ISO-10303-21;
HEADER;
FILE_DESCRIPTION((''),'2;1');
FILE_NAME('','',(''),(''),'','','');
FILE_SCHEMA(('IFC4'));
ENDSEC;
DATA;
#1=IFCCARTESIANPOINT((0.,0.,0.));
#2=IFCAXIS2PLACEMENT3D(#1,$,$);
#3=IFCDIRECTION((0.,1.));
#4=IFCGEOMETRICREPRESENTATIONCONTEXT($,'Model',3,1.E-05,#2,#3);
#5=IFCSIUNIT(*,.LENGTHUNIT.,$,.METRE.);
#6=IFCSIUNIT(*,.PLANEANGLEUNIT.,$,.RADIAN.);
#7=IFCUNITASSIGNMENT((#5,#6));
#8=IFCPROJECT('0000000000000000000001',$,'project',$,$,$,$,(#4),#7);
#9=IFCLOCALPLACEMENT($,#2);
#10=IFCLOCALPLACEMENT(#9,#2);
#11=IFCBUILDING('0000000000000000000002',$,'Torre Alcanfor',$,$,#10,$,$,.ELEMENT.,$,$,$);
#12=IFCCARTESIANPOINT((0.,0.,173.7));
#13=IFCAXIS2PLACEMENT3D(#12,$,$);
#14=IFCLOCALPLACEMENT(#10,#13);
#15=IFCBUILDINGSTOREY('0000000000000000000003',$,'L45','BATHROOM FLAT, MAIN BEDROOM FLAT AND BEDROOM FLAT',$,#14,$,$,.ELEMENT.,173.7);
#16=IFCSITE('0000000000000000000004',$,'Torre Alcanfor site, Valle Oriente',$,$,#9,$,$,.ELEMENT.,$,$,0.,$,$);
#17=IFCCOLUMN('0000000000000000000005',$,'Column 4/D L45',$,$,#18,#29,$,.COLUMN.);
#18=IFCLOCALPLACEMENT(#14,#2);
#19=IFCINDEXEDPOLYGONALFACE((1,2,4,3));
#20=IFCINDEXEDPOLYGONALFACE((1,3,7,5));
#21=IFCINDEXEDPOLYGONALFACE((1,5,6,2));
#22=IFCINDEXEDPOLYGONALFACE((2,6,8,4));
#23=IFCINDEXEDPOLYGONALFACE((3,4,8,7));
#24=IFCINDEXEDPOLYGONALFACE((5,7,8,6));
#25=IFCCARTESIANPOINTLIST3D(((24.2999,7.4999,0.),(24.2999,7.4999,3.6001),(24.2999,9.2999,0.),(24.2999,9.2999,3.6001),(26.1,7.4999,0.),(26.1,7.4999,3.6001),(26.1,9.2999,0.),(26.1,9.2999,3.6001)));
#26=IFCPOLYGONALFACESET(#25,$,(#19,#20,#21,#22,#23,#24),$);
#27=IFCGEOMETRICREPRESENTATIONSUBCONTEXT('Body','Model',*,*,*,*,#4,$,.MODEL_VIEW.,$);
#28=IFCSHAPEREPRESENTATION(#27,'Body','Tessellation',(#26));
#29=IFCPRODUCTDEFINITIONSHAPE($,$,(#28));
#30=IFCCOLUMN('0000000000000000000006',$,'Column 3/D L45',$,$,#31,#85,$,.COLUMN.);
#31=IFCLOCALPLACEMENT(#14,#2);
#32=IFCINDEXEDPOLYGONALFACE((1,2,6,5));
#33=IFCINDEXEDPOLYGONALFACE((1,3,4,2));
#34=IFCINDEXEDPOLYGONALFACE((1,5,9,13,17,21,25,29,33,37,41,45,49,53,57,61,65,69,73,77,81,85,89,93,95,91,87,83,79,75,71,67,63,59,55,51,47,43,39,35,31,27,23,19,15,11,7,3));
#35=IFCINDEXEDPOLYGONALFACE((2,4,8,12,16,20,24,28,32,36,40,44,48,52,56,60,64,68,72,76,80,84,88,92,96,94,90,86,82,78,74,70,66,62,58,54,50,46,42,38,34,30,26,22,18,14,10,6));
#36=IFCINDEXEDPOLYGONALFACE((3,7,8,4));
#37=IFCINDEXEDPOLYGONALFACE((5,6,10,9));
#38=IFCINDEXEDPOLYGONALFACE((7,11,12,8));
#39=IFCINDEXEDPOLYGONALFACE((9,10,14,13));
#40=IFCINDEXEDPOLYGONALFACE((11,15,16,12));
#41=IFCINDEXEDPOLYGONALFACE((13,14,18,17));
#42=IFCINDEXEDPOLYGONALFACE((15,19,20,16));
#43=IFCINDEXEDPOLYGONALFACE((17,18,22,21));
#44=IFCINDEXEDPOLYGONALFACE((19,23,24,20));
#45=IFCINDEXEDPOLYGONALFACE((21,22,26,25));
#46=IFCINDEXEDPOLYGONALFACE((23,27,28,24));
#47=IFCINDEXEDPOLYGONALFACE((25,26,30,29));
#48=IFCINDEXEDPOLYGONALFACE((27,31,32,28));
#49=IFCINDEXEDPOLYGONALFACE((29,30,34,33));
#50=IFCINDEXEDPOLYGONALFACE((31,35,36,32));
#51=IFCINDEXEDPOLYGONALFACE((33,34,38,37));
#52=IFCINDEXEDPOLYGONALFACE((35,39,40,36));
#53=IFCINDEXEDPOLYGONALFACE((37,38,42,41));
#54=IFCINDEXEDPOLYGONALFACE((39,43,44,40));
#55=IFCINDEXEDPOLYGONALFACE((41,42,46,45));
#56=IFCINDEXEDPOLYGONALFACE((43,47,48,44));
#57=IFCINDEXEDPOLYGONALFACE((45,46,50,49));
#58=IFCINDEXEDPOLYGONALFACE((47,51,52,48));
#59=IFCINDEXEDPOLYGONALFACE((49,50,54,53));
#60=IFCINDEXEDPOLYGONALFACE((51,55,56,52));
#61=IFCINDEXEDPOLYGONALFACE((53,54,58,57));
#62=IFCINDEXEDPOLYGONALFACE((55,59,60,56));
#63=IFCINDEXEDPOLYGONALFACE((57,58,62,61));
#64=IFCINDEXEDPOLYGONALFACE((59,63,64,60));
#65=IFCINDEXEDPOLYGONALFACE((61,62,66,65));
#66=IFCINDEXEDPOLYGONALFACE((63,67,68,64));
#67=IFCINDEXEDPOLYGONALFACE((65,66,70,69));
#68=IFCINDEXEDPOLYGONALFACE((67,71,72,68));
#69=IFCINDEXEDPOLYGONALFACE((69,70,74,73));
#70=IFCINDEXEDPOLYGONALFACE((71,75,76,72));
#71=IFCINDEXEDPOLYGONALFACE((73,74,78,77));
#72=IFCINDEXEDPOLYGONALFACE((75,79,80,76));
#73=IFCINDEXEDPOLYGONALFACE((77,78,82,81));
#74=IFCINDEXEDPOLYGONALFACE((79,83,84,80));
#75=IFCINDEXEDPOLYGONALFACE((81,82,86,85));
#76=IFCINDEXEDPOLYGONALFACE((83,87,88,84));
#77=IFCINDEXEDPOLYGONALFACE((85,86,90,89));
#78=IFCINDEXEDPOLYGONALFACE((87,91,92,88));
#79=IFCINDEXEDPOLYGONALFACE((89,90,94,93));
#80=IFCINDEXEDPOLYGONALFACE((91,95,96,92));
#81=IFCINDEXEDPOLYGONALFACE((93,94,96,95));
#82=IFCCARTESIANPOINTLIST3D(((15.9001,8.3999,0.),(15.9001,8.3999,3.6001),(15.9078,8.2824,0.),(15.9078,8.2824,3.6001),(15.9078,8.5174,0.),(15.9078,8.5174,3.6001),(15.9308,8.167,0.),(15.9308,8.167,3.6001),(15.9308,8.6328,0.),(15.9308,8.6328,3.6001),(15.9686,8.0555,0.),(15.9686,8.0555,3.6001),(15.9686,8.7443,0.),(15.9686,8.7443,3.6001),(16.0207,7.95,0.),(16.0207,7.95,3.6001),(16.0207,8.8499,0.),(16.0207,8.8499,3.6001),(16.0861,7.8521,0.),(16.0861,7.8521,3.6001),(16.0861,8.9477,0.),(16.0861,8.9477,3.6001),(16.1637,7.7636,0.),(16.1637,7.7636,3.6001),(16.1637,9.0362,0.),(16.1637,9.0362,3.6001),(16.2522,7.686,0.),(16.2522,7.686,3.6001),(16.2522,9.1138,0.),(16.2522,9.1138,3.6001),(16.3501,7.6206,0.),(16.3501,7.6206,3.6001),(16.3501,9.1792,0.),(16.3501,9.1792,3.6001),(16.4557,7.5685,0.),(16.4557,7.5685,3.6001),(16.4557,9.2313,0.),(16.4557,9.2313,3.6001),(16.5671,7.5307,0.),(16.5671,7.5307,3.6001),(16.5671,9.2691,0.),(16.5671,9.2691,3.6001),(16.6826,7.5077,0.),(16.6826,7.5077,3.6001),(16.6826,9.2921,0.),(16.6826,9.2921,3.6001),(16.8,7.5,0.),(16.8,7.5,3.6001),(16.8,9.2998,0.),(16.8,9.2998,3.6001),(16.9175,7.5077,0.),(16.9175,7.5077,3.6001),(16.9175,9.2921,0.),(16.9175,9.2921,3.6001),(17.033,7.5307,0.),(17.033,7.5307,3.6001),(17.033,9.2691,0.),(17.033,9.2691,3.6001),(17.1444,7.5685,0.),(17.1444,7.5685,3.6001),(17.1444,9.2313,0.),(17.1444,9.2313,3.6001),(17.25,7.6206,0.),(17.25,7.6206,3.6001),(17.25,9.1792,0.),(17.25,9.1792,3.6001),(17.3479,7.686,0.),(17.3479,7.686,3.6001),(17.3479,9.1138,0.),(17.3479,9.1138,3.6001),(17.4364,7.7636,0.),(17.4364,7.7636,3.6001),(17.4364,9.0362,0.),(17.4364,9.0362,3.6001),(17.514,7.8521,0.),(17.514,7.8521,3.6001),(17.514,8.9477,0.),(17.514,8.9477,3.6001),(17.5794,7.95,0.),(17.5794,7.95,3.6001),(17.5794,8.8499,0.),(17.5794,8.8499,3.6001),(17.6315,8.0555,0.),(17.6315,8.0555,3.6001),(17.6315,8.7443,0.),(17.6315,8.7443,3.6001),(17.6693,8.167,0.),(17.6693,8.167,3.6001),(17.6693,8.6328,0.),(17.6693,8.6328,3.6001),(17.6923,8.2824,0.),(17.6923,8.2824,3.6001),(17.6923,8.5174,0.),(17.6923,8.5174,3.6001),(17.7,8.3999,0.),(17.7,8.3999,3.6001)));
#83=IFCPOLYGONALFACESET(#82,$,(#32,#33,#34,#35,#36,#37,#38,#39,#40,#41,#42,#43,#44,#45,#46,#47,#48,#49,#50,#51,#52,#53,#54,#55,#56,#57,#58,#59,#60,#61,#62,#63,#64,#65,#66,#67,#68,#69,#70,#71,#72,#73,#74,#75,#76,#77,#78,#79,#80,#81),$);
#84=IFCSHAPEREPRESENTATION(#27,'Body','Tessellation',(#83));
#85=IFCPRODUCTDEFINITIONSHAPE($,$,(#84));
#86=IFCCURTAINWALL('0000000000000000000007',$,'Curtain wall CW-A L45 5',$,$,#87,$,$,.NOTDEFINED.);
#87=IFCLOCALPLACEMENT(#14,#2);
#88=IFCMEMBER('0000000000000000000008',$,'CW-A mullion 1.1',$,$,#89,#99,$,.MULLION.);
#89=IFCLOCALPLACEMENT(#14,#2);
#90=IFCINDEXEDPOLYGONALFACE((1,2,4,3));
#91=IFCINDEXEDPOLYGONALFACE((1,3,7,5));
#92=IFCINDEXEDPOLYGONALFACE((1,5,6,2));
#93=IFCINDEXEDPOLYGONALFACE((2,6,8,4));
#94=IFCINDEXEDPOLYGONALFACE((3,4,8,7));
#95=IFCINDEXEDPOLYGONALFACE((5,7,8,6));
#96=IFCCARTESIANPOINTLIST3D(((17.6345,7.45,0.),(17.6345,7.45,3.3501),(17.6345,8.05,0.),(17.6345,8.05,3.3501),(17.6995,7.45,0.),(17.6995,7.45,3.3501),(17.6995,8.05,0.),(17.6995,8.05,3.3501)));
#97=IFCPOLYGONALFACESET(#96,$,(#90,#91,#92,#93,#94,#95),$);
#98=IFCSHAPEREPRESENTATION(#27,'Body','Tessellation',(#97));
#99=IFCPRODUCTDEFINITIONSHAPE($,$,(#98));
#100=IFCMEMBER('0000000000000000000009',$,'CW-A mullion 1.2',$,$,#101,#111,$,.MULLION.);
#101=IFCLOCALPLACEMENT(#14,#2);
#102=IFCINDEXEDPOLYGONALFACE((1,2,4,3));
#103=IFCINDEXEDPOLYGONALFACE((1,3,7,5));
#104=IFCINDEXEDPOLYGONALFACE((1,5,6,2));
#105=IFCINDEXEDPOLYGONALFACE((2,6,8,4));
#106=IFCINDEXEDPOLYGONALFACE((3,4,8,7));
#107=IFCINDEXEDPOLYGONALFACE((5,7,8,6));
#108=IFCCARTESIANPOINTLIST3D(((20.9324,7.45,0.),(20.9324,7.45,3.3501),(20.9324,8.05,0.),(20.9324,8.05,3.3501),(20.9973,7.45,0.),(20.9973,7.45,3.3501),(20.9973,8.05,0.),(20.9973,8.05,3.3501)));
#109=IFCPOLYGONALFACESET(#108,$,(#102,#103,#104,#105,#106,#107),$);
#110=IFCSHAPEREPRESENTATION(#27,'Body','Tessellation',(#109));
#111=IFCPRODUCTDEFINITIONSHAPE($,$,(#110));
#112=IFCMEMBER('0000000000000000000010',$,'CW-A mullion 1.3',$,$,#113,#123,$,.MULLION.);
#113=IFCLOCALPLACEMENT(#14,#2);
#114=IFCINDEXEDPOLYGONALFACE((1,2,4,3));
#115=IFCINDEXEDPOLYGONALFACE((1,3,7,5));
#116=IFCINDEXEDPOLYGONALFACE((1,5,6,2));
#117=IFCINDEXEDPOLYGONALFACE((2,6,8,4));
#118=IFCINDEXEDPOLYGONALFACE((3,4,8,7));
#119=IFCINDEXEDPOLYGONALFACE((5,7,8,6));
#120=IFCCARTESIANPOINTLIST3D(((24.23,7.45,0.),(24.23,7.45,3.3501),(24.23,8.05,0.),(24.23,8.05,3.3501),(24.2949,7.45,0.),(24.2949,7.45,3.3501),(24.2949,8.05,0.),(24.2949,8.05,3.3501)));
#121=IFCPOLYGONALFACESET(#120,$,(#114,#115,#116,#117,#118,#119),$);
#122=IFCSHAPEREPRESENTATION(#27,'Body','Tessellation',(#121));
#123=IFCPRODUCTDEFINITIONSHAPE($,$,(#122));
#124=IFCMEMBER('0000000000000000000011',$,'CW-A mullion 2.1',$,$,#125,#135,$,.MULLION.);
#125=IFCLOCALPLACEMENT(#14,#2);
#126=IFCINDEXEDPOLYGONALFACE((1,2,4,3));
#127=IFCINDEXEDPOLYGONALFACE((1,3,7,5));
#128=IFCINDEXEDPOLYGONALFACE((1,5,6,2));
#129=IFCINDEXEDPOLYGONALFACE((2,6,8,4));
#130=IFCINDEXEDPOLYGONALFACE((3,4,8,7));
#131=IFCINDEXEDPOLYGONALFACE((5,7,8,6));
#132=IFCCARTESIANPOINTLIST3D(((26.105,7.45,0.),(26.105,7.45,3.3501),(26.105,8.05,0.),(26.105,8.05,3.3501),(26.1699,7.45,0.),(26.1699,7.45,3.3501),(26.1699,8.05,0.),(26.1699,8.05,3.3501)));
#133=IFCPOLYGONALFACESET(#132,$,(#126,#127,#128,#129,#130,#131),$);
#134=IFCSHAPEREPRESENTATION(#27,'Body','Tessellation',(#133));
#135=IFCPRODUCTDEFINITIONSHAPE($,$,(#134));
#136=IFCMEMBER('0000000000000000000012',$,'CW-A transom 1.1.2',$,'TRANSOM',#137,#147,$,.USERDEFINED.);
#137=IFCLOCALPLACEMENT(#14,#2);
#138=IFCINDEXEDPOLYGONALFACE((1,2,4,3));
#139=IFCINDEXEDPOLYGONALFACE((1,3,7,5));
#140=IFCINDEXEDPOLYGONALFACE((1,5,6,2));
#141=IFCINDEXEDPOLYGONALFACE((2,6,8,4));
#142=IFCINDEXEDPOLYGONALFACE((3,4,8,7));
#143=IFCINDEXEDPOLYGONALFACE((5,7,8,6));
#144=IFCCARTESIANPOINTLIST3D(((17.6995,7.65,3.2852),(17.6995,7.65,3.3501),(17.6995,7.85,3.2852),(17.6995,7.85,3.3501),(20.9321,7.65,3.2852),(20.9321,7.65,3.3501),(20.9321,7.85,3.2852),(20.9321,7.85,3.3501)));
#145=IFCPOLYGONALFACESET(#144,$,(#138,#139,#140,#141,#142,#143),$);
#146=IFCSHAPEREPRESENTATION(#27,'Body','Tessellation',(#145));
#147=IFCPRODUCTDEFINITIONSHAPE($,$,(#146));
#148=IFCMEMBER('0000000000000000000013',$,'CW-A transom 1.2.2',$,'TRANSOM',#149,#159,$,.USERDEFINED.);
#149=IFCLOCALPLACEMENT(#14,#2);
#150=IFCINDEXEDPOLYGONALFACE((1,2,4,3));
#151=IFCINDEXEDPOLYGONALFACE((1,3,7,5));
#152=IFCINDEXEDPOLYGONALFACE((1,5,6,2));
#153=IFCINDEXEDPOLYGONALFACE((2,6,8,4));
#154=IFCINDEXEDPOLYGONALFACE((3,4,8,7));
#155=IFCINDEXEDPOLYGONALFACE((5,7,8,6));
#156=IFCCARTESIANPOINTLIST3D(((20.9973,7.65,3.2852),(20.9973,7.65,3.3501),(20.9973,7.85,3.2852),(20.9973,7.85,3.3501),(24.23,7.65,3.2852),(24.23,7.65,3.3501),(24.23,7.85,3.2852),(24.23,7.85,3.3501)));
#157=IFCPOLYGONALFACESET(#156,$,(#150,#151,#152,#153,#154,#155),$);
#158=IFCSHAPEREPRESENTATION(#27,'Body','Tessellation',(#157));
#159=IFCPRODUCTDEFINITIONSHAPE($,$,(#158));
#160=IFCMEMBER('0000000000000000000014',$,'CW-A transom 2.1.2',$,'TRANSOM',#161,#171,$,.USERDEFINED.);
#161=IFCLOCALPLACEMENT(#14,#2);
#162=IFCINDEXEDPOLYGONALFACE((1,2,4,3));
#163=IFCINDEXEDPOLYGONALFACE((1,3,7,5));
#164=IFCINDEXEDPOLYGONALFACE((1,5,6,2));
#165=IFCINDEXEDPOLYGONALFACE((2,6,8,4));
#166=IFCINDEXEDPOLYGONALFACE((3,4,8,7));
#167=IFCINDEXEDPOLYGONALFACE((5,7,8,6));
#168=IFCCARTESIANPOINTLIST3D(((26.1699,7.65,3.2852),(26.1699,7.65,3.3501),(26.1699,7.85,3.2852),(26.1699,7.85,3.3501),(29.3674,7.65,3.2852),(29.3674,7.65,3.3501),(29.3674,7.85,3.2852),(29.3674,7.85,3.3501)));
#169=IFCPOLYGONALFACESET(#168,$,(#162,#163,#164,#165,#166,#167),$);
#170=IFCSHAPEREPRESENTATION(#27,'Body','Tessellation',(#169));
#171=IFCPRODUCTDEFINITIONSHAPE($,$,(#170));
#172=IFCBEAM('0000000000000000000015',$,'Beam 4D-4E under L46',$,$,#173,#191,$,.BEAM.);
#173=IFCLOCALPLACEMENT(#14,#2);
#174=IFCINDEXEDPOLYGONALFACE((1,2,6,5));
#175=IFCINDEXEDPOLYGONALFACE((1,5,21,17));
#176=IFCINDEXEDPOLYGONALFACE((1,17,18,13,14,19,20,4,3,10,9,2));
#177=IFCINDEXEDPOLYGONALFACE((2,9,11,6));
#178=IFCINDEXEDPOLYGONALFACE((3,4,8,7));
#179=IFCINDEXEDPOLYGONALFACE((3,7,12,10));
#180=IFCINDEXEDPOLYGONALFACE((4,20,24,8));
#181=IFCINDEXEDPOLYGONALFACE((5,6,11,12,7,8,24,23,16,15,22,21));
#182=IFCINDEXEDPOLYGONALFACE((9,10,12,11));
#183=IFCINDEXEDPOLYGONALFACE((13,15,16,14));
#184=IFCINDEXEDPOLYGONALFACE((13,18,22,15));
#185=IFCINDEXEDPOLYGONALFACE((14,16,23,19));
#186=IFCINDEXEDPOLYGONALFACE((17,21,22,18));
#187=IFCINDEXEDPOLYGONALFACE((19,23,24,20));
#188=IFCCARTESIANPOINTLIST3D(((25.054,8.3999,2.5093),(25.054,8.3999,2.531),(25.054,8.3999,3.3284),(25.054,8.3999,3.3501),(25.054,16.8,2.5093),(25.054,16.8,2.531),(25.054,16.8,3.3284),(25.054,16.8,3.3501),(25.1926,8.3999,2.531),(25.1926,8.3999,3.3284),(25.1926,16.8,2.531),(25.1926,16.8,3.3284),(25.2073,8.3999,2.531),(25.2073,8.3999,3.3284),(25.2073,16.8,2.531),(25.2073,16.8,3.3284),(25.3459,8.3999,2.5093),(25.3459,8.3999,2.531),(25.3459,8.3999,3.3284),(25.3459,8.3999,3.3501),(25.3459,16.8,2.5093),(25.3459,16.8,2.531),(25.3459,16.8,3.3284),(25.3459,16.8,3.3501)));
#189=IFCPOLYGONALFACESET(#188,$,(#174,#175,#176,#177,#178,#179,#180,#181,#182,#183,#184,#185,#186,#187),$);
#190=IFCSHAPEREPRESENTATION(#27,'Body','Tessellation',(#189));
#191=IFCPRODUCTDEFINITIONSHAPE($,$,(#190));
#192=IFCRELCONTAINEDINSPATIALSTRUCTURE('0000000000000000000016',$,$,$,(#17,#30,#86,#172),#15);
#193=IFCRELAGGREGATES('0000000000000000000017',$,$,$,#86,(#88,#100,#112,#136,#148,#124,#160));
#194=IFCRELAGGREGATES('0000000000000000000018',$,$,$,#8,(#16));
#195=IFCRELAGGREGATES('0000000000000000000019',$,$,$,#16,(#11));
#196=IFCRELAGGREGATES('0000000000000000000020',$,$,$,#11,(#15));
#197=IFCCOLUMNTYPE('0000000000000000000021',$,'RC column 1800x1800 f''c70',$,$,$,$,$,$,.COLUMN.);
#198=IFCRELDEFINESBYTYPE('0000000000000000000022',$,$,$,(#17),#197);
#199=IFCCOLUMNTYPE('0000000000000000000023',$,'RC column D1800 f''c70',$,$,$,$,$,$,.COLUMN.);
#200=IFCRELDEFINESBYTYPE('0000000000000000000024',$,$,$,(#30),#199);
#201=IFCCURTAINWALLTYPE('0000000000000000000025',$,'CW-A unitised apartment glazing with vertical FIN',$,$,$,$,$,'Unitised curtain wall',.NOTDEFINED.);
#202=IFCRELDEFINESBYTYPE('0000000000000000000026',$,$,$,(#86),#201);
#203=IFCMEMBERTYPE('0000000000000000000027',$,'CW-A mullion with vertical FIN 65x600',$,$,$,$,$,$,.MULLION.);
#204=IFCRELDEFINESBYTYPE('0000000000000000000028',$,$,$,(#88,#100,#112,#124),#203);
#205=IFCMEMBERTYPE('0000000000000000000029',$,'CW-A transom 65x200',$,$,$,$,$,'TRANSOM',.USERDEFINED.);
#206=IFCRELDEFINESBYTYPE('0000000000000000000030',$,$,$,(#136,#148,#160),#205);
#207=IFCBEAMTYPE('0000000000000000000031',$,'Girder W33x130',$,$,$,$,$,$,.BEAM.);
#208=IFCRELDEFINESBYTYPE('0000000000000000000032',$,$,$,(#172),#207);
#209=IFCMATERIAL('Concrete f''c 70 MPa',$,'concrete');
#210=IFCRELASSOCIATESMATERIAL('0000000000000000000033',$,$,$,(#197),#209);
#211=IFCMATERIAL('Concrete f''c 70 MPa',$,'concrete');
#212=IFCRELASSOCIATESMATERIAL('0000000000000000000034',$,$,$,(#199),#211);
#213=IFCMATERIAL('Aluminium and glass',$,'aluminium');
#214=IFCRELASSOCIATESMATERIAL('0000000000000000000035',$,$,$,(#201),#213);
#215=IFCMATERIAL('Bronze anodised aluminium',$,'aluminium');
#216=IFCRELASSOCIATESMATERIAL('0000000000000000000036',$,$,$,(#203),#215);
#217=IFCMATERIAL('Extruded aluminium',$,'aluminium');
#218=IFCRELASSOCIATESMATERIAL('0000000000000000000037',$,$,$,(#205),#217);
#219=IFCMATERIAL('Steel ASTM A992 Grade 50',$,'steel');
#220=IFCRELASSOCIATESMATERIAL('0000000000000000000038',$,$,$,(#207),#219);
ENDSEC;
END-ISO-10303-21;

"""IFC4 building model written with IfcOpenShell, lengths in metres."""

from ifc_helpers import new_model, si_unit, direction, frame, origin, origin_2d, place, context, subcontext, project, spatial, rectangle, circle, i_section, extrude, material, material_profile, profile_set, type_object, element, aggregate, save


model = new_model("IFC4")

# Units and contexts
model_context = context("Model", 3, precision=1e-05, world=origin(), true_north=direction((0.0, 1.0)))
body_context = subcontext(model_context, "Body", "Model", "MODEL_VIEW")
ifc_project = project(units=[si_unit("LENGTHUNIT", "METRE"), si_unit("PLANEANGLEUNIT", "RADIAN")], contexts=[model_context])

# Site, building, storey
site_placement = place(None, origin())
site = spatial("IfcSite", under=ifc_project, at=site_placement, Name="Torre Alcanfor site, Valle Oriente", CompositionType="ELEMENT", RefElevation=0.0)
building_placement = place(site_placement, origin())
building = spatial("IfcBuilding", under=site, at=building_placement, Name="Torre Alcanfor", CompositionType="ELEMENT")
storey_placement = place(building_placement, frame((0.0, 0.0, 173.7)))
storey = spatial("IfcBuildingStorey", under=building, at=storey_placement, Name="L45", Description="BATHROOM FLAT, MAIN BEDROOM FLAT AND BEDROOM FLAT", CompositionType="ELEMENT", Elevation=173.7)

# Columns
ifc_material_1 = material(Name="Concrete f'c 70 MPa", Category="concrete")
ifc_material_profile_1 = material_profile(ifc_material_1, rectangle(XDim=1.8, YDim=1.8, at=origin_2d()), Name="1800x1800")
ifc_profile_set_1 = profile_set([ifc_material_profile_1], Name="Concrete f'c 70 MPa")
column_type_1 = type_object("IfcColumnType", Name="RC column 1800x1800 f'c70", PredefinedType="COLUMN", material=ifc_profile_set_1)
column_1_placement = place(storey_placement, frame((25.2, 8.3999, 0.0), z_axis=(0.0, 0.0, 1.0), x_axis=(1.0, 0.0, 0.0)))
element("IfcColumn", 1, at=column_1_placement, inside=storey, type_object=column_type_1, Name="Column 4/D L45", PredefinedType="COLUMN", context=body_context, shape_type="SweptSolid", body=[
    extrude(rectangle(XDim=1.8, YDim=1.8, at=origin_2d()), origin(), (0.0, 0.0, 1.0), 3.6001),
])
ifc_material_2 = material(Name="Concrete f'c 70 MPa", Category="concrete")
ifc_material_profile_2 = material_profile(ifc_material_2, circle(Radius=0.8999, at=origin_2d()), Name="D1800")
ifc_profile_set_2 = profile_set([ifc_material_profile_2], Name="Concrete f'c 70 MPa")
column_type_2 = type_object("IfcColumnType", Name="RC column D1800 f'c70", PredefinedType="COLUMN", material=ifc_profile_set_2)
column_2_placement = place(storey_placement, frame((16.8, 8.3999, 0.0), z_axis=(0.0, 0.0, 1.0), x_axis=(1.0, 0.0, 0.0)))
element("IfcColumn", 2, at=column_2_placement, inside=storey, type_object=column_type_2, Name="Column 3/D L45", PredefinedType="COLUMN", context=body_context, shape_type="SweptSolid", body=[
    extrude(circle(Radius=0.8999, at=origin_2d()), origin(), (0.0, 0.0, 1.0), 3.6001),
])

# Curtain wall, members
ifc_material_3 = material(Name="Aluminium and glass", Category="aluminium")
curtain_wall_type = type_object("IfcCurtainWallType", Name="CW-A unitised apartment glazing with vertical FIN", ElementType="Unitised curtain wall", PredefinedType="NOTDEFINED", material=ifc_material_3)
curtain_wall_placement = place(storey_placement, origin())
curtain_wall = element("IfcCurtainWall", 3, at=curtain_wall_placement, inside=storey, type_object=curtain_wall_type, Name="Curtain wall CW-A L45 5", PredefinedType="NOTDEFINED")
ifc_material_4 = material(Name="Bronze anodised aluminium", Category="aluminium")
ifc_material_profile_3 = material_profile(ifc_material_4, rectangle(XDim=0.6001, YDim=0.0649, at=origin_2d()), Name="CW-A mullion 65x600")
ifc_profile_set_3 = profile_set([ifc_material_profile_3], Name="Bronze anodised aluminium")
member_type_1 = type_object("IfcMemberType", Name="CW-A mullion with vertical FIN 65x600", PredefinedType="MULLION", material=ifc_profile_set_3)
member_1_placement = place(storey_placement, frame((17.667, 7.75, 0.0), z_axis=(0.0, 0.0, 1.0), x_axis=(0.0, 1.0, 0.0)))
member_1 = element("IfcMember", 4, at=member_1_placement, type_object=member_type_1, Name="CW-A mullion 1.1", PredefinedType="MULLION", context=body_context, shape_type="SweptSolid", body=[
    extrude(rectangle(XDim=0.6001, YDim=0.0649, at=origin_2d()), origin(), (0.0, 0.0, 1.0), 3.3501),
])
member_2_placement = place(storey_placement, frame((20.9648, 7.75, 0.0), z_axis=(0.0, 0.0, 1.0), x_axis=(0.0, 1.0, 0.0)))
member_2 = element("IfcMember", 5, at=member_2_placement, type_object=member_type_1, Name="CW-A mullion 1.2", PredefinedType="MULLION", context=body_context, shape_type="SweptSolid", body=[
    extrude(rectangle(XDim=0.6001, YDim=0.0649, at=origin_2d()), origin(), (0.0, 0.0, 1.0), 3.3501),
])
member_3_placement = place(storey_placement, frame((24.2625, 7.75, 0.0), z_axis=(0.0, 0.0, 1.0), x_axis=(0.0, 1.0, 0.0)))
member_3 = element("IfcMember", 6, at=member_3_placement, type_object=member_type_1, Name="CW-A mullion 1.3", PredefinedType="MULLION", context=body_context, shape_type="SweptSolid", body=[
    extrude(rectangle(XDim=0.6001, YDim=0.0649, at=origin_2d()), origin(), (0.0, 0.0, 1.0), 3.3501),
])
member_4_placement = place(storey_placement, frame((26.1375, 7.75, 0.0), z_axis=(0.0, 0.0, 1.0), x_axis=(0.0, 1.0, 0.0)))
member_4 = element("IfcMember", 7, at=member_4_placement, type_object=member_type_1, Name="CW-A mullion 2.1", PredefinedType="MULLION", context=body_context, shape_type="SweptSolid", body=[
    extrude(rectangle(XDim=0.6001, YDim=0.0649, at=origin_2d()), origin(), (0.0, 0.0, 1.0), 3.3501),
])
ifc_material_5 = material(Name="Extruded aluminium", Category="aluminium")
ifc_material_profile_4 = material_profile(ifc_material_5, rectangle(XDim=0.2, YDim=0.0649, at=origin_2d()), Name="CW-A transom 200x65")
ifc_profile_set_4 = profile_set([ifc_material_profile_4], Name="Extruded aluminium")
member_type_2 = type_object("IfcMemberType", Name="CW-A transom 65x200", ElementType="TRANSOM", PredefinedType="USERDEFINED", material=ifc_profile_set_4)
member_5_placement = place(storey_placement, frame((17.6995, 7.75, 3.3176), z_axis=(1.0, 0.0, 0.0), x_axis=(0.0, 1.0, 0.0)))
member_5 = element("IfcMember", 8, at=member_5_placement, type_object=member_type_2, Name="CW-A transom 1.1.2", ObjectType="TRANSOM", PredefinedType="USERDEFINED", context=body_context, shape_type="SweptSolid", body=[
    extrude(rectangle(XDim=0.2, YDim=0.0649, at=origin_2d()), origin(), (0.0, 0.0, 1.0), 3.2327),
])
member_6_placement = place(storey_placement, frame((20.9973, 7.75, 3.3176), z_axis=(1.0, 0.0, 0.0), x_axis=(0.0, 1.0, 0.0)))
member_6 = element("IfcMember", 9, at=member_6_placement, type_object=member_type_2, Name="CW-A transom 1.2.2", ObjectType="TRANSOM", PredefinedType="USERDEFINED", context=body_context, shape_type="SweptSolid", body=[
    extrude(rectangle(XDim=0.2, YDim=0.0649, at=origin_2d()), origin(), (0.0, 0.0, 1.0), 3.2327),
])
member_7_placement = place(storey_placement, frame((26.1699, 7.75, 3.3176), z_axis=(1.0, 0.0, 0.0), x_axis=(0.0, 1.0, 0.0)))
member_7 = element("IfcMember", 10, at=member_7_placement, type_object=member_type_2, Name="CW-A transom 2.1.2", ObjectType="TRANSOM", PredefinedType="USERDEFINED", context=body_context, shape_type="SweptSolid", body=[
    extrude(rectangle(XDim=0.2, YDim=0.0649, at=origin_2d()), origin(), (0.0, 0.0, 1.0), 3.1975),
])

# Beam
ifc_material_6 = material(Name="Steel ASTM A992 Grade 50", Category="steel")
ifc_material_profile_5 = material_profile(ifc_material_6, i_section(OverallWidth=0.292, OverallDepth=0.8408, WebThickness=0.0146, FlangeThickness=0.0217, at=origin_2d()), Name="W33x130")
ifc_profile_set_5 = profile_set([ifc_material_profile_5], Name="Steel ASTM A992 Grade 50")
beam_type_1 = type_object("IfcBeamType", Name="Girder W33x130", PredefinedType="BEAM", material=ifc_profile_set_5)
beam_1_placement = place(storey_placement, frame((25.2, 8.3999, 2.9297), z_axis=(0.0, 1.0, 0.0), x_axis=(-1.0, 0.0, 0.0)))
element("IfcBeam", 11, at=beam_1_placement, inside=storey, type_object=beam_type_1, Name="Beam 4D-4E under L46", PredefinedType="BEAM", context=body_context, shape_type="SweptSolid", body=[
    extrude(i_section(OverallWidth=0.292, OverallDepth=0.8408, WebThickness=0.0146, FlangeThickness=0.0217, at=origin_2d()), origin(), (0.0, 0.0, 1.0), 8.4001),
])

aggregate(curtain_wall, [member_1, member_2, member_3, member_5, member_6, member_4, member_7])

save(model, "model.ifc")
